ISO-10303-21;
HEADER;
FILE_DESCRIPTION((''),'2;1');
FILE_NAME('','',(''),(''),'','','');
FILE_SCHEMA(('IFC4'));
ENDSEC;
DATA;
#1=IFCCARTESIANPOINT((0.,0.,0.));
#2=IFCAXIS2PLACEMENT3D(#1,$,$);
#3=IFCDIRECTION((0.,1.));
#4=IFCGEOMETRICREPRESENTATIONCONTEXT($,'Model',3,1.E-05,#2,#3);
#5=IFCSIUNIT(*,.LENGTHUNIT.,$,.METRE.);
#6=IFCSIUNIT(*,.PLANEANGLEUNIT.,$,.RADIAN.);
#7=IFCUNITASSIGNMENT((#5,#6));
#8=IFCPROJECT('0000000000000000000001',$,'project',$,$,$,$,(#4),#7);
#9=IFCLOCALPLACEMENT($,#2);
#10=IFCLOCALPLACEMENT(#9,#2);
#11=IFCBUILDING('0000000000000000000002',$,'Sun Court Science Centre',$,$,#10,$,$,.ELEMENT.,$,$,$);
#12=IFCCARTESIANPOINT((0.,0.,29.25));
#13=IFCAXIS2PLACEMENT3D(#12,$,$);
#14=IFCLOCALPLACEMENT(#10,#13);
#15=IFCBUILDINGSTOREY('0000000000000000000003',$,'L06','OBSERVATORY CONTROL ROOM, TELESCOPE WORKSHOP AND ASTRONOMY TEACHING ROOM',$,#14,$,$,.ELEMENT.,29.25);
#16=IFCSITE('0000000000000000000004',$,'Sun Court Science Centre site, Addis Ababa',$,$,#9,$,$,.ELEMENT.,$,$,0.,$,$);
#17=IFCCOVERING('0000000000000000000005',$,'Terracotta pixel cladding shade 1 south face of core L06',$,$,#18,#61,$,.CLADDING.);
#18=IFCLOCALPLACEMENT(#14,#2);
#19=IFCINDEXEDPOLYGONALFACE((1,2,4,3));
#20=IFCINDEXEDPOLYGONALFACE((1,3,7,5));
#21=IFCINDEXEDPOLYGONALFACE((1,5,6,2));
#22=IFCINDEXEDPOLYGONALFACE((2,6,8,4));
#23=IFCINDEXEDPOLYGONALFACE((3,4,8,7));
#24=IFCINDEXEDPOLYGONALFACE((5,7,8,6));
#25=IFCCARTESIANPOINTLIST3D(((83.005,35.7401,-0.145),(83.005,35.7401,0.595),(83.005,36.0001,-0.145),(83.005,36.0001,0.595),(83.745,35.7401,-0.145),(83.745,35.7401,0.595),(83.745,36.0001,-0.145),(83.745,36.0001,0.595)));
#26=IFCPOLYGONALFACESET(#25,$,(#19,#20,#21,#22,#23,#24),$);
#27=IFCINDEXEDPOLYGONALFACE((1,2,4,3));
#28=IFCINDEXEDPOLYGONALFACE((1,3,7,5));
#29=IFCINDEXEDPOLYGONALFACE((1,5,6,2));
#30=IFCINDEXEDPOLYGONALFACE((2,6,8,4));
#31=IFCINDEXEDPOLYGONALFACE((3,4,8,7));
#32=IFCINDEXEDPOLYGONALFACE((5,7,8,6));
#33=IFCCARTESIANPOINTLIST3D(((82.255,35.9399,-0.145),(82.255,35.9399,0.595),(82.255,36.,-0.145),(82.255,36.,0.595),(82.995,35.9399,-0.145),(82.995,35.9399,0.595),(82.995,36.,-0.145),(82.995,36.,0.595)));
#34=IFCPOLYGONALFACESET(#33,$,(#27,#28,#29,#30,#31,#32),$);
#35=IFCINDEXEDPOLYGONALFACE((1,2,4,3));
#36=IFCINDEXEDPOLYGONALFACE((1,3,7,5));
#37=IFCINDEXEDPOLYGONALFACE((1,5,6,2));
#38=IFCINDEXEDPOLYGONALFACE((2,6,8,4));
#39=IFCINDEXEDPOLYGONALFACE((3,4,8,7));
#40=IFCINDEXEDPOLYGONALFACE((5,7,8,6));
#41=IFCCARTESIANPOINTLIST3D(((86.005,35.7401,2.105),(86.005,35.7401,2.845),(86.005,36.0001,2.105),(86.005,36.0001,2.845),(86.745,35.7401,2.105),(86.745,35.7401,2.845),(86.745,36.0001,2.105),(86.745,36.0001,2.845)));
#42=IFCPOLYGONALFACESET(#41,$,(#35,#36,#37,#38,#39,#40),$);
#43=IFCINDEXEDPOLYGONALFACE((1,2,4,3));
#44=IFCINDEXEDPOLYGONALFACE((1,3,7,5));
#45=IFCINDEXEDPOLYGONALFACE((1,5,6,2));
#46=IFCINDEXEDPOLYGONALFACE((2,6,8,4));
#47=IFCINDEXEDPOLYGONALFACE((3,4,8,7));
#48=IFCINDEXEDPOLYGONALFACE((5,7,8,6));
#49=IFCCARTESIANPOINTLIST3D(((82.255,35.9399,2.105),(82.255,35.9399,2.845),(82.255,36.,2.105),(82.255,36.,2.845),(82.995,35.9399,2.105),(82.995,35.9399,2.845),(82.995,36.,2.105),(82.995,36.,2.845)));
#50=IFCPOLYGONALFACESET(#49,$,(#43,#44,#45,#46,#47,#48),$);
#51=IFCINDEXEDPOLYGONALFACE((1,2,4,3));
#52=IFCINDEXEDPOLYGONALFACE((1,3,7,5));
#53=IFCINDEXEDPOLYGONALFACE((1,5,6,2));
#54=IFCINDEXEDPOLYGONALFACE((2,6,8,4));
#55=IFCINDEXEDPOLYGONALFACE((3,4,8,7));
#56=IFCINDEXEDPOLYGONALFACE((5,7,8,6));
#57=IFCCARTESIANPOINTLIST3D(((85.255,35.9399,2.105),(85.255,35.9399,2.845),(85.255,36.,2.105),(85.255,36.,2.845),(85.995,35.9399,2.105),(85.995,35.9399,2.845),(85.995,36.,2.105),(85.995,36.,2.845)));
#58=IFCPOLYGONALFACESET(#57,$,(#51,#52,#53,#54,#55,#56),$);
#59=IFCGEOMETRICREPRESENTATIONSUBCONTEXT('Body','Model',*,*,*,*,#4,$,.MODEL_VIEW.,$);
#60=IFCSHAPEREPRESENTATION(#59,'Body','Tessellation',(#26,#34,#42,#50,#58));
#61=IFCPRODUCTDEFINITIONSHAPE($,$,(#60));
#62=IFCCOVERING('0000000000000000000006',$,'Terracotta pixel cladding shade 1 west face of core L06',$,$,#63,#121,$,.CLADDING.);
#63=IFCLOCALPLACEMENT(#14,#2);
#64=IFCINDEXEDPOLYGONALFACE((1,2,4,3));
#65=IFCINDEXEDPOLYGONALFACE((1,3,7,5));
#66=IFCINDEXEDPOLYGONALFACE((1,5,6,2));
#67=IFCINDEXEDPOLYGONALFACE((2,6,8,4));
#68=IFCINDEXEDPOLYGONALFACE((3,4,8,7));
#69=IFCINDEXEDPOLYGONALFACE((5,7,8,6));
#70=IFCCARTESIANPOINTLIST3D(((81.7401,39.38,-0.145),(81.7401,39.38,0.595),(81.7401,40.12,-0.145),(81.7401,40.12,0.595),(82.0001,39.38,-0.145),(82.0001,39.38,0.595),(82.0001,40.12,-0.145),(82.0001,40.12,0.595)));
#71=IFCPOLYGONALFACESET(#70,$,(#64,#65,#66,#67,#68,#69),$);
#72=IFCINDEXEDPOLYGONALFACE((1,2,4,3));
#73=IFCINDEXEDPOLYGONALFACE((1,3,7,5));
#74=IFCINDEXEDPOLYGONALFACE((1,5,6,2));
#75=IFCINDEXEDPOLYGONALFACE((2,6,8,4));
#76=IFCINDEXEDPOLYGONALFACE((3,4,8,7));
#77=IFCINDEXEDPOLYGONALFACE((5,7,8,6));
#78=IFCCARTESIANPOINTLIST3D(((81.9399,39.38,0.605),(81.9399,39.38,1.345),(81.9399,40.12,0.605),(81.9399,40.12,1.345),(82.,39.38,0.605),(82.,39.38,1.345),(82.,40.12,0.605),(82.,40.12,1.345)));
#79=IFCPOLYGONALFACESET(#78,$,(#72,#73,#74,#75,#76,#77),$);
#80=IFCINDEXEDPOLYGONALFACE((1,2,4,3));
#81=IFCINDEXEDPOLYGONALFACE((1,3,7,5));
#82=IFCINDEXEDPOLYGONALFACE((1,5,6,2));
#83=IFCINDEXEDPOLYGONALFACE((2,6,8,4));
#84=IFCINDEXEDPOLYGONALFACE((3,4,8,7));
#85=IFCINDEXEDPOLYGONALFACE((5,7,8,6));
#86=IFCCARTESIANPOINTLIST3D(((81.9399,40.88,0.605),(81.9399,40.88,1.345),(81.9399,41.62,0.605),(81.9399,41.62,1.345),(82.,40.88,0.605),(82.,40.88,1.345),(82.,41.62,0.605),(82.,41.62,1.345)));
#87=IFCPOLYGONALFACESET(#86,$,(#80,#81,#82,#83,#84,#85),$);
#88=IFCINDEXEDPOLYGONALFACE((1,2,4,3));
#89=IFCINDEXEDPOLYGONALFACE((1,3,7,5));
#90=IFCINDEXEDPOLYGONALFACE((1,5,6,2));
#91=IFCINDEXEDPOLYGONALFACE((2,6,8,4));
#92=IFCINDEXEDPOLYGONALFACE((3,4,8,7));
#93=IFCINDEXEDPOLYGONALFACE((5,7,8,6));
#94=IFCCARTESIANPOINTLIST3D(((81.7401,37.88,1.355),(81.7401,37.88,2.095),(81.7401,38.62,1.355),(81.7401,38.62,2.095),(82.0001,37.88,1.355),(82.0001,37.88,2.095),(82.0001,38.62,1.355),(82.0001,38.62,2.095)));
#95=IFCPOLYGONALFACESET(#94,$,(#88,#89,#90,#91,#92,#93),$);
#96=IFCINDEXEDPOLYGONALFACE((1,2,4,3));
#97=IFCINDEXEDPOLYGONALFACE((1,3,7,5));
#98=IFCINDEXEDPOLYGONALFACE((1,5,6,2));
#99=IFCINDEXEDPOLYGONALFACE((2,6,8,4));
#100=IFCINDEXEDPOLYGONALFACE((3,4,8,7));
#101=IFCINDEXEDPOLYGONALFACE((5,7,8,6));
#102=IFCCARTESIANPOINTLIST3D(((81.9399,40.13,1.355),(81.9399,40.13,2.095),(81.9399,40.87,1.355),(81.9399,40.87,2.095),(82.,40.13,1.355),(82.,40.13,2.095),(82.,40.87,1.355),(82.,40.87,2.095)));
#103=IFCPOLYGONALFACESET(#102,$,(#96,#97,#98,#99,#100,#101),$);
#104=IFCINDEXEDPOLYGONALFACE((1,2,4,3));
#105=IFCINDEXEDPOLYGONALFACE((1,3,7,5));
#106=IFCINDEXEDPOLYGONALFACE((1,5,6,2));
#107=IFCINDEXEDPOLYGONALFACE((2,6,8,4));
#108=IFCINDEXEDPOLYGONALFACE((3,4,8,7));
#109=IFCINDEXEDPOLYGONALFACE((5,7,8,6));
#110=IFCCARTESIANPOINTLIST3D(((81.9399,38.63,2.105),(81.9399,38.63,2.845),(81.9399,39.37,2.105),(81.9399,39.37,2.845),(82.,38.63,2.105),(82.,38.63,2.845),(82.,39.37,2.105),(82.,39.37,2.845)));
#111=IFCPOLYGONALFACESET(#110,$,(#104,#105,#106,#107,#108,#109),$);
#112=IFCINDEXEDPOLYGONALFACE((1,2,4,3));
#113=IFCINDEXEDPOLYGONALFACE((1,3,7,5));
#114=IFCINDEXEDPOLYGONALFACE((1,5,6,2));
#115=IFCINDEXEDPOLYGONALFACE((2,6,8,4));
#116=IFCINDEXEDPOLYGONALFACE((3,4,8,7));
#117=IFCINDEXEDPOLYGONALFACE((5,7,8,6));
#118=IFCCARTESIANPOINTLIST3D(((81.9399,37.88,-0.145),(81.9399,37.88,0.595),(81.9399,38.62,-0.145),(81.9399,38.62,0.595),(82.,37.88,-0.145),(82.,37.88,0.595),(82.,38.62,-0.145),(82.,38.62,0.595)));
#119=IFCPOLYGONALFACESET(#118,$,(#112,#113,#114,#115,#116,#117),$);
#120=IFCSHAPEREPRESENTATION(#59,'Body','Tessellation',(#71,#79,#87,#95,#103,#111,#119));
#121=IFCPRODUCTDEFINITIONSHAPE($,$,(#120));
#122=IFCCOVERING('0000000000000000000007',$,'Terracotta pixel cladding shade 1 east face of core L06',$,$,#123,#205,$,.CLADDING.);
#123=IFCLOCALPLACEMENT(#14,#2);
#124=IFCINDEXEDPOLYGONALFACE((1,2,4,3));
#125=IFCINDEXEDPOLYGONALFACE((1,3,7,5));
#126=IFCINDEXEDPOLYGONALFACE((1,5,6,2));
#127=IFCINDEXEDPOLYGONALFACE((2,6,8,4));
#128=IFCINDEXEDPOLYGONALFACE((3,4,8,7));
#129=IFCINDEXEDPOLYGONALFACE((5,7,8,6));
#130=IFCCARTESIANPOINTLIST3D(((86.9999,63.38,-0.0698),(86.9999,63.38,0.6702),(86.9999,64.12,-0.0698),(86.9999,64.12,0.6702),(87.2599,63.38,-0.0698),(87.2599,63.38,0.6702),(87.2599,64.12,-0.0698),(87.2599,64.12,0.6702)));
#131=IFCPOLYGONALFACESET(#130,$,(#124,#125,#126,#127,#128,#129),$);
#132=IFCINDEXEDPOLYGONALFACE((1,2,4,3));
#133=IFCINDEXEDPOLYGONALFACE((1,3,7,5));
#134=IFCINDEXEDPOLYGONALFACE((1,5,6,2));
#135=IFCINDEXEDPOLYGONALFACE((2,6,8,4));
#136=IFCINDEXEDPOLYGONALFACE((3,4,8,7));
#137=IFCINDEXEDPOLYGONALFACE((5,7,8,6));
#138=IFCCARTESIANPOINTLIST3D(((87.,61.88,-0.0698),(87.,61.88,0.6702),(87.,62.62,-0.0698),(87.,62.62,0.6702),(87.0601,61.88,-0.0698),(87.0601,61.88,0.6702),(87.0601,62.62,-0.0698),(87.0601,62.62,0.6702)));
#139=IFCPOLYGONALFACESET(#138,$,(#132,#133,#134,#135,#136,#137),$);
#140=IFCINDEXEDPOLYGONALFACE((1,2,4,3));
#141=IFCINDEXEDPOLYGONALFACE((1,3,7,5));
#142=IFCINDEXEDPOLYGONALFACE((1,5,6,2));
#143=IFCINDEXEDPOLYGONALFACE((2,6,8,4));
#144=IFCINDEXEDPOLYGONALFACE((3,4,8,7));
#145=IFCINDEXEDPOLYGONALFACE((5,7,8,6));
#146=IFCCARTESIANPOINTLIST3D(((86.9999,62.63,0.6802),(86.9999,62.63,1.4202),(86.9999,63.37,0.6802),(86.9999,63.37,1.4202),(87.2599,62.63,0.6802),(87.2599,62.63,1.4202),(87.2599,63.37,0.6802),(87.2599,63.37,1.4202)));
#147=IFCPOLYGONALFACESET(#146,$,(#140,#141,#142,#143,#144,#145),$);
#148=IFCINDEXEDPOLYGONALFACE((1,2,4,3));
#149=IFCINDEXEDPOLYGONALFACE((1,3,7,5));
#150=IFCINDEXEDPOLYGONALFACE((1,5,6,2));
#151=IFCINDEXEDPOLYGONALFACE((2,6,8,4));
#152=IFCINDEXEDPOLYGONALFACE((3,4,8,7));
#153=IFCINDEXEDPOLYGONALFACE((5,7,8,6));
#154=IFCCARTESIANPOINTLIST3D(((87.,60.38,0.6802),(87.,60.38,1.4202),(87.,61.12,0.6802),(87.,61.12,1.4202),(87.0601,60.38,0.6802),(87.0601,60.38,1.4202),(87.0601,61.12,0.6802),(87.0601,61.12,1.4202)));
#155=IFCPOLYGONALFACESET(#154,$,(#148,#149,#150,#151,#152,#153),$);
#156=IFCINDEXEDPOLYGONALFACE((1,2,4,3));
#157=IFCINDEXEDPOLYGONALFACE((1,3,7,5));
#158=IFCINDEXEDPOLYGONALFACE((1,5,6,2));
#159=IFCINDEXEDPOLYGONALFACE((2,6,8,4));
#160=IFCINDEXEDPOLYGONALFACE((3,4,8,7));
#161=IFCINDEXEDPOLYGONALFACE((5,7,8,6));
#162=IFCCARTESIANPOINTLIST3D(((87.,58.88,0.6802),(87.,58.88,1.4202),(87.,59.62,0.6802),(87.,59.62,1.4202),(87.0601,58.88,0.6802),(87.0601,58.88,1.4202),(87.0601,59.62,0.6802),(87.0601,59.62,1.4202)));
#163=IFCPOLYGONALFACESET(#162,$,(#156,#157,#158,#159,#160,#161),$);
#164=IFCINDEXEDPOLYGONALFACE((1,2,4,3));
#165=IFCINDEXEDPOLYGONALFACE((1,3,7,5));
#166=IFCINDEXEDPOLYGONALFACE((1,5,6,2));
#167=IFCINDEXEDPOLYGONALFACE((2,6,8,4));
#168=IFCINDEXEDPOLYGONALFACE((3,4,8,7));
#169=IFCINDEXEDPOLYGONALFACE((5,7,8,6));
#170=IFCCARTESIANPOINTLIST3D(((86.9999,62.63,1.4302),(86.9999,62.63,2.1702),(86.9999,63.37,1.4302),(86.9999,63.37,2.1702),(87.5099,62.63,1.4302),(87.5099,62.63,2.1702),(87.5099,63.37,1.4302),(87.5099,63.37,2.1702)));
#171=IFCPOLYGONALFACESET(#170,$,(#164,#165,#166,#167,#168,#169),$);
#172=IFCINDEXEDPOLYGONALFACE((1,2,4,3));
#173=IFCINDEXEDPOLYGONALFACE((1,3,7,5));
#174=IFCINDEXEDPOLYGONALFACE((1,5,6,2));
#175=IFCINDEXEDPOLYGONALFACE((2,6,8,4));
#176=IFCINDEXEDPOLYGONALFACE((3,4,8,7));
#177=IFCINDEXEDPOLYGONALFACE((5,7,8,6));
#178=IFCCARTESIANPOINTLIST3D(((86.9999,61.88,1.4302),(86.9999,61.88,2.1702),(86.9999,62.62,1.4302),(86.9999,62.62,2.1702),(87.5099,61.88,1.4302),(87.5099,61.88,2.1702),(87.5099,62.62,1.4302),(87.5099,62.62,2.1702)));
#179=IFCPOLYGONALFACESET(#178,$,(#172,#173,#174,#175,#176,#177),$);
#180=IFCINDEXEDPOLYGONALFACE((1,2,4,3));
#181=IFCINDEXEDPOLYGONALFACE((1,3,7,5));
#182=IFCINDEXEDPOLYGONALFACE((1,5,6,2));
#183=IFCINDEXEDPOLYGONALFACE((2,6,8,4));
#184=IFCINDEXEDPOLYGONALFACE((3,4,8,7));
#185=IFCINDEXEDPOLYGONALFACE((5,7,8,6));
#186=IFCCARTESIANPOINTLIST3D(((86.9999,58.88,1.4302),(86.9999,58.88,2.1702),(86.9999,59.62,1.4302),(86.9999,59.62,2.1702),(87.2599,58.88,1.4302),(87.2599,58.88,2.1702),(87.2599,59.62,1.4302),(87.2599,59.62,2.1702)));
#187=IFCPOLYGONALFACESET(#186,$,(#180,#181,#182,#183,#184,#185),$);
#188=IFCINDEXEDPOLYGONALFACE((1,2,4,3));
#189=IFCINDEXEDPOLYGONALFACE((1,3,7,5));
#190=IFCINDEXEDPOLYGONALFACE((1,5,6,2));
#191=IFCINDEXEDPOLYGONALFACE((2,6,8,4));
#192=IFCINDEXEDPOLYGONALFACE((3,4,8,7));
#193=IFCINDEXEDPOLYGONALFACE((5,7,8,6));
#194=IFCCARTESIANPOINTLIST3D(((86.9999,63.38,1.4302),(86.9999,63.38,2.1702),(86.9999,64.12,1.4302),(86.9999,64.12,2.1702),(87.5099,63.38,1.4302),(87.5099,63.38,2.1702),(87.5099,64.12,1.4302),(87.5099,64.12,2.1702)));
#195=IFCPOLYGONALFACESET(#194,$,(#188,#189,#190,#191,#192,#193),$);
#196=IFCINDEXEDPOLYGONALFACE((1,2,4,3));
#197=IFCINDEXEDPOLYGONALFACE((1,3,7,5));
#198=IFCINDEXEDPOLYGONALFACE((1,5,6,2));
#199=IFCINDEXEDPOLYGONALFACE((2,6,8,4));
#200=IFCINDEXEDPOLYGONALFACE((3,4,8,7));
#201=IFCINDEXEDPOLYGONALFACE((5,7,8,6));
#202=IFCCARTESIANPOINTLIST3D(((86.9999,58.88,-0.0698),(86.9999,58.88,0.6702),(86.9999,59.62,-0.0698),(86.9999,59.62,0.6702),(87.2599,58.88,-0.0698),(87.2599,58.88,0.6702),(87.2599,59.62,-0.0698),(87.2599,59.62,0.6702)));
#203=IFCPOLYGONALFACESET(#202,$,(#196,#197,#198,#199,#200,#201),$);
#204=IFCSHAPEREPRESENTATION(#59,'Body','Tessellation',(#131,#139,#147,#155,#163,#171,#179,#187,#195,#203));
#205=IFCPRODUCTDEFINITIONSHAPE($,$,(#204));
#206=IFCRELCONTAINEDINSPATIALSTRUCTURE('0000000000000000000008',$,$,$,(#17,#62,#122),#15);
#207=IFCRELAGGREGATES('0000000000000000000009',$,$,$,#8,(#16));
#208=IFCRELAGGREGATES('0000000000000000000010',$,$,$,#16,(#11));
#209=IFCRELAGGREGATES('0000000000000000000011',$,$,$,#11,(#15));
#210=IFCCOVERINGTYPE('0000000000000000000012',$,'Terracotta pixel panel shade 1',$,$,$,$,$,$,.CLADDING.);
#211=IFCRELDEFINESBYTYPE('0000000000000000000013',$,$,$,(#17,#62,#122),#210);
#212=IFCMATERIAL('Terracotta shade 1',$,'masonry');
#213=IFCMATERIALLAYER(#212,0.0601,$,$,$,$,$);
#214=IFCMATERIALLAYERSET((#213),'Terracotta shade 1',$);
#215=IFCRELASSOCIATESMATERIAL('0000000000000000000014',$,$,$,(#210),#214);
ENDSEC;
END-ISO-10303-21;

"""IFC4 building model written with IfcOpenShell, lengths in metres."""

from ifc_helpers import new_model, si_unit, direction, frame, origin, origin_2d, place, context, subcontext, project, spatial, rectangle, extrude, material, layer, layer_set, type_object, element, save


model = new_model("IFC4")

# Units and contexts
model_context = context("Model", 3, precision=1e-05, world=origin(), true_north=direction((0.0, 1.0)))
body_context = subcontext(model_context, "Body", "Model", "MODEL_VIEW")
ifc_project = project(units=[si_unit("LENGTHUNIT", "METRE"), si_unit("PLANEANGLEUNIT", "RADIAN")], contexts=[model_context])

# Site, building, storey
site_placement = place(None, origin())
site = spatial("IfcSite", under=ifc_project, at=site_placement, Name="Sun Court Science Centre site, Addis Ababa", CompositionType="ELEMENT", RefElevation=0.0)
building_placement = place(site_placement, origin())
building = spatial("IfcBuilding", under=site, at=building_placement, Name="Sun Court Science Centre", CompositionType="ELEMENT")
storey_placement = place(building_placement, frame((0.0, 0.0, 29.25)))
storey = spatial("IfcBuildingStorey", under=building, at=storey_placement, Name="L06", Description="OBSERVATORY CONTROL ROOM, TELESCOPE WORKSHOP AND ASTRONOMY TEACHING ROOM", CompositionType="ELEMENT", Elevation=29.25)

# Coverings
ifc_material_1 = material(Name="Terracotta shade 1", Category="masonry")
ifc_layer_1 = layer(ifc_material_1, 0.0601)
ifc_layer_set_1 = layer_set([ifc_layer_1], Name="Terracotta shade 1")
covering_type_1 = type_object("IfcCoveringType", Name="Terracotta pixel panel shade 1", PredefinedType="CLADDING", material=ifc_layer_set_1)
covering_1_placement = place(storey_placement, frame((0.0, 0.0, -29.25)))
element("IfcCovering", 1, at=covering_1_placement, inside=storey, type_object=covering_type_1, Name="Terracotta pixel cladding shade 1 south face of core L06", PredefinedType="CLADDING", context=body_context, shape_type="SweptSolid", body=[
    extrude(rectangle(XDim=0.74, YDim=0.26, at=origin_2d()), frame((83.375, 35.8701, 29.105), z_axis=(0.0, 0.0, 1.0), x_axis=(-1.0, 0.0, 0.0)), (0.0, 0.0, 1.0), 0.74),
    extrude(rectangle(XDim=0.74, YDim=0.0601, at=origin_2d()), frame((82.625, 35.97, 29.105), z_axis=(0.0, 0.0, 1.0), x_axis=(-1.0, 0.0, 0.0)), (0.0, 0.0, 1.0), 0.74),
    extrude(rectangle(XDim=0.74, YDim=0.26, at=origin_2d()), frame((86.375, 35.8701, 31.355), z_axis=(0.0, 0.0, 1.0), x_axis=(-1.0, 0.0, 0.0)), (0.0, 0.0, 1.0), 0.74),
    extrude(rectangle(XDim=0.74, YDim=0.0601, at=origin_2d()), frame((82.625, 35.97, 31.355), z_axis=(0.0, 0.0, 1.0), x_axis=(-1.0, 0.0, 0.0)), (0.0, 0.0, 1.0), 0.74),
    extrude(rectangle(XDim=0.74, YDim=0.0601, at=origin_2d()), frame((85.625, 35.97, 31.355), z_axis=(0.0, 0.0, 1.0), x_axis=(-1.0, 0.0, 0.0)), (0.0, 0.0, 1.0), 0.74),
])
covering_2_placement = place(storey_placement, frame((0.0, 0.0, -29.25)))
element("IfcCovering", 2, at=covering_2_placement, inside=storey, type_object=covering_type_1, Name="Terracotta pixel cladding shade 1 west face of core L06", PredefinedType="CLADDING", context=body_context, shape_type="SweptSolid", body=[
    extrude(rectangle(XDim=0.74, YDim=0.26, at=origin_2d()), frame((81.8701, 39.75, 29.105), z_axis=(0.0, 0.0, 1.0), x_axis=(0.0, 1.0, 0.0)), (0.0, 0.0, 1.0), 0.74),
    extrude(rectangle(XDim=0.74, YDim=0.0601, at=origin_2d()), frame((81.97, 39.75, 29.855), z_axis=(0.0, 0.0, 1.0), x_axis=(0.0, 1.0, 0.0)), (0.0, 0.0, 1.0), 0.74),
    extrude(rectangle(XDim=0.74, YDim=0.0601, at=origin_2d()), frame((81.97, 41.25, 29.855), z_axis=(0.0, 0.0, 1.0), x_axis=(0.0, 1.0, 0.0)), (0.0, 0.0, 1.0), 0.74),
    extrude(rectangle(XDim=0.74, YDim=0.26, at=origin_2d()), frame((81.8701, 38.25, 30.605), z_axis=(0.0, 0.0, 1.0), x_axis=(0.0, 1.0, 0.0)), (0.0, 0.0, 1.0), 0.74),
    extrude(rectangle(XDim=0.74, YDim=0.0601, at=origin_2d()), frame((81.97, 40.5, 30.605), z_axis=(0.0, 0.0, 1.0), x_axis=(0.0, 1.0, 0.0)), (0.0, 0.0, 1.0), 0.74),
    extrude(rectangle(XDim=0.74, YDim=0.0601, at=origin_2d()), frame((81.97, 39.0, 31.355), z_axis=(0.0, 0.0, 1.0), x_axis=(0.0, 1.0, 0.0)), (0.0, 0.0, 1.0), 0.74),
    extrude(rectangle(XDim=0.74, YDim=0.0601, at=origin_2d()), frame((81.97, 38.25, 29.105), z_axis=(0.0, 0.0, 1.0), x_axis=(0.0, 1.0, 0.0)), (0.0, 0.0, 1.0), 0.74),
])
covering_3_placement = place(storey_placement, frame((0.0, 0.0, -29.25)))
element("IfcCovering", 3, at=covering_3_placement, inside=storey, type_object=covering_type_1, Name="Terracotta pixel cladding shade 1 east face of core L06", PredefinedType="CLADDING", context=body_context, shape_type="SweptSolid", body=[
    extrude(rectangle(XDim=0.74, YDim=0.26, at=origin_2d()), frame((87.1299, 63.75, 29.1802), z_axis=(0.0, 0.0, 1.0), x_axis=(0.0, -1.0, 0.0)), (0.0, 0.0, 1.0), 0.74),
    extrude(rectangle(XDim=0.74, YDim=0.0601, at=origin_2d()), frame((87.03, 62.25, 29.1802), z_axis=(0.0, 0.0, 1.0), x_axis=(0.0, -1.0, 0.0)), (0.0, 0.0, 1.0), 0.74),
    extrude(rectangle(XDim=0.74, YDim=0.26, at=origin_2d()), frame((87.1299, 63.0, 29.9302), z_axis=(0.0, 0.0, 1.0), x_axis=(0.0, -1.0, 0.0)), (0.0, 0.0, 1.0), 0.74),
    extrude(rectangle(XDim=0.74, YDim=0.0601, at=origin_2d()), frame((87.03, 60.75, 29.9302), z_axis=(0.0, 0.0, 1.0), x_axis=(0.0, -1.0, 0.0)), (0.0, 0.0, 1.0), 0.74),
    extrude(rectangle(XDim=0.74, YDim=0.0601, at=origin_2d()), frame((87.03, 59.25, 29.9302), z_axis=(0.0, 0.0, 1.0), x_axis=(0.0, -1.0, 0.0)), (0.0, 0.0, 1.0), 0.74),
    extrude(rectangle(XDim=0.74, YDim=0.51, at=origin_2d()), frame((87.2549, 63.0, 30.6802), z_axis=(0.0, 0.0, 1.0), x_axis=(0.0, -1.0, 0.0)), (0.0, 0.0, 1.0), 0.74),
    extrude(rectangle(XDim=0.74, YDim=0.51, at=origin_2d()), frame((87.2549, 62.25, 30.6802), z_axis=(0.0, 0.0, 1.0), x_axis=(0.0, -1.0, 0.0)), (0.0, 0.0, 1.0), 0.74),
    extrude(rectangle(XDim=0.74, YDim=0.26, at=origin_2d()), frame((87.1299, 59.25, 30.6802), z_axis=(0.0, 0.0, 1.0), x_axis=(0.0, -1.0, 0.0)), (0.0, 0.0, 1.0), 0.74),
    extrude(rectangle(XDim=0.74, YDim=0.51, at=origin_2d()), frame((87.2549, 63.75, 30.6802), z_axis=(0.0, 0.0, 1.0), x_axis=(0.0, -1.0, 0.0)), (0.0, 0.0, 1.0), 0.74),
    extrude(rectangle(XDim=0.74, YDim=0.26, at=origin_2d()), frame((87.1299, 59.25, 29.1802), z_axis=(0.0, 0.0, 1.0), x_axis=(0.0, -1.0, 0.0)), (0.0, 0.0, 1.0), 0.74),
])

save(model, "model.ifc")
